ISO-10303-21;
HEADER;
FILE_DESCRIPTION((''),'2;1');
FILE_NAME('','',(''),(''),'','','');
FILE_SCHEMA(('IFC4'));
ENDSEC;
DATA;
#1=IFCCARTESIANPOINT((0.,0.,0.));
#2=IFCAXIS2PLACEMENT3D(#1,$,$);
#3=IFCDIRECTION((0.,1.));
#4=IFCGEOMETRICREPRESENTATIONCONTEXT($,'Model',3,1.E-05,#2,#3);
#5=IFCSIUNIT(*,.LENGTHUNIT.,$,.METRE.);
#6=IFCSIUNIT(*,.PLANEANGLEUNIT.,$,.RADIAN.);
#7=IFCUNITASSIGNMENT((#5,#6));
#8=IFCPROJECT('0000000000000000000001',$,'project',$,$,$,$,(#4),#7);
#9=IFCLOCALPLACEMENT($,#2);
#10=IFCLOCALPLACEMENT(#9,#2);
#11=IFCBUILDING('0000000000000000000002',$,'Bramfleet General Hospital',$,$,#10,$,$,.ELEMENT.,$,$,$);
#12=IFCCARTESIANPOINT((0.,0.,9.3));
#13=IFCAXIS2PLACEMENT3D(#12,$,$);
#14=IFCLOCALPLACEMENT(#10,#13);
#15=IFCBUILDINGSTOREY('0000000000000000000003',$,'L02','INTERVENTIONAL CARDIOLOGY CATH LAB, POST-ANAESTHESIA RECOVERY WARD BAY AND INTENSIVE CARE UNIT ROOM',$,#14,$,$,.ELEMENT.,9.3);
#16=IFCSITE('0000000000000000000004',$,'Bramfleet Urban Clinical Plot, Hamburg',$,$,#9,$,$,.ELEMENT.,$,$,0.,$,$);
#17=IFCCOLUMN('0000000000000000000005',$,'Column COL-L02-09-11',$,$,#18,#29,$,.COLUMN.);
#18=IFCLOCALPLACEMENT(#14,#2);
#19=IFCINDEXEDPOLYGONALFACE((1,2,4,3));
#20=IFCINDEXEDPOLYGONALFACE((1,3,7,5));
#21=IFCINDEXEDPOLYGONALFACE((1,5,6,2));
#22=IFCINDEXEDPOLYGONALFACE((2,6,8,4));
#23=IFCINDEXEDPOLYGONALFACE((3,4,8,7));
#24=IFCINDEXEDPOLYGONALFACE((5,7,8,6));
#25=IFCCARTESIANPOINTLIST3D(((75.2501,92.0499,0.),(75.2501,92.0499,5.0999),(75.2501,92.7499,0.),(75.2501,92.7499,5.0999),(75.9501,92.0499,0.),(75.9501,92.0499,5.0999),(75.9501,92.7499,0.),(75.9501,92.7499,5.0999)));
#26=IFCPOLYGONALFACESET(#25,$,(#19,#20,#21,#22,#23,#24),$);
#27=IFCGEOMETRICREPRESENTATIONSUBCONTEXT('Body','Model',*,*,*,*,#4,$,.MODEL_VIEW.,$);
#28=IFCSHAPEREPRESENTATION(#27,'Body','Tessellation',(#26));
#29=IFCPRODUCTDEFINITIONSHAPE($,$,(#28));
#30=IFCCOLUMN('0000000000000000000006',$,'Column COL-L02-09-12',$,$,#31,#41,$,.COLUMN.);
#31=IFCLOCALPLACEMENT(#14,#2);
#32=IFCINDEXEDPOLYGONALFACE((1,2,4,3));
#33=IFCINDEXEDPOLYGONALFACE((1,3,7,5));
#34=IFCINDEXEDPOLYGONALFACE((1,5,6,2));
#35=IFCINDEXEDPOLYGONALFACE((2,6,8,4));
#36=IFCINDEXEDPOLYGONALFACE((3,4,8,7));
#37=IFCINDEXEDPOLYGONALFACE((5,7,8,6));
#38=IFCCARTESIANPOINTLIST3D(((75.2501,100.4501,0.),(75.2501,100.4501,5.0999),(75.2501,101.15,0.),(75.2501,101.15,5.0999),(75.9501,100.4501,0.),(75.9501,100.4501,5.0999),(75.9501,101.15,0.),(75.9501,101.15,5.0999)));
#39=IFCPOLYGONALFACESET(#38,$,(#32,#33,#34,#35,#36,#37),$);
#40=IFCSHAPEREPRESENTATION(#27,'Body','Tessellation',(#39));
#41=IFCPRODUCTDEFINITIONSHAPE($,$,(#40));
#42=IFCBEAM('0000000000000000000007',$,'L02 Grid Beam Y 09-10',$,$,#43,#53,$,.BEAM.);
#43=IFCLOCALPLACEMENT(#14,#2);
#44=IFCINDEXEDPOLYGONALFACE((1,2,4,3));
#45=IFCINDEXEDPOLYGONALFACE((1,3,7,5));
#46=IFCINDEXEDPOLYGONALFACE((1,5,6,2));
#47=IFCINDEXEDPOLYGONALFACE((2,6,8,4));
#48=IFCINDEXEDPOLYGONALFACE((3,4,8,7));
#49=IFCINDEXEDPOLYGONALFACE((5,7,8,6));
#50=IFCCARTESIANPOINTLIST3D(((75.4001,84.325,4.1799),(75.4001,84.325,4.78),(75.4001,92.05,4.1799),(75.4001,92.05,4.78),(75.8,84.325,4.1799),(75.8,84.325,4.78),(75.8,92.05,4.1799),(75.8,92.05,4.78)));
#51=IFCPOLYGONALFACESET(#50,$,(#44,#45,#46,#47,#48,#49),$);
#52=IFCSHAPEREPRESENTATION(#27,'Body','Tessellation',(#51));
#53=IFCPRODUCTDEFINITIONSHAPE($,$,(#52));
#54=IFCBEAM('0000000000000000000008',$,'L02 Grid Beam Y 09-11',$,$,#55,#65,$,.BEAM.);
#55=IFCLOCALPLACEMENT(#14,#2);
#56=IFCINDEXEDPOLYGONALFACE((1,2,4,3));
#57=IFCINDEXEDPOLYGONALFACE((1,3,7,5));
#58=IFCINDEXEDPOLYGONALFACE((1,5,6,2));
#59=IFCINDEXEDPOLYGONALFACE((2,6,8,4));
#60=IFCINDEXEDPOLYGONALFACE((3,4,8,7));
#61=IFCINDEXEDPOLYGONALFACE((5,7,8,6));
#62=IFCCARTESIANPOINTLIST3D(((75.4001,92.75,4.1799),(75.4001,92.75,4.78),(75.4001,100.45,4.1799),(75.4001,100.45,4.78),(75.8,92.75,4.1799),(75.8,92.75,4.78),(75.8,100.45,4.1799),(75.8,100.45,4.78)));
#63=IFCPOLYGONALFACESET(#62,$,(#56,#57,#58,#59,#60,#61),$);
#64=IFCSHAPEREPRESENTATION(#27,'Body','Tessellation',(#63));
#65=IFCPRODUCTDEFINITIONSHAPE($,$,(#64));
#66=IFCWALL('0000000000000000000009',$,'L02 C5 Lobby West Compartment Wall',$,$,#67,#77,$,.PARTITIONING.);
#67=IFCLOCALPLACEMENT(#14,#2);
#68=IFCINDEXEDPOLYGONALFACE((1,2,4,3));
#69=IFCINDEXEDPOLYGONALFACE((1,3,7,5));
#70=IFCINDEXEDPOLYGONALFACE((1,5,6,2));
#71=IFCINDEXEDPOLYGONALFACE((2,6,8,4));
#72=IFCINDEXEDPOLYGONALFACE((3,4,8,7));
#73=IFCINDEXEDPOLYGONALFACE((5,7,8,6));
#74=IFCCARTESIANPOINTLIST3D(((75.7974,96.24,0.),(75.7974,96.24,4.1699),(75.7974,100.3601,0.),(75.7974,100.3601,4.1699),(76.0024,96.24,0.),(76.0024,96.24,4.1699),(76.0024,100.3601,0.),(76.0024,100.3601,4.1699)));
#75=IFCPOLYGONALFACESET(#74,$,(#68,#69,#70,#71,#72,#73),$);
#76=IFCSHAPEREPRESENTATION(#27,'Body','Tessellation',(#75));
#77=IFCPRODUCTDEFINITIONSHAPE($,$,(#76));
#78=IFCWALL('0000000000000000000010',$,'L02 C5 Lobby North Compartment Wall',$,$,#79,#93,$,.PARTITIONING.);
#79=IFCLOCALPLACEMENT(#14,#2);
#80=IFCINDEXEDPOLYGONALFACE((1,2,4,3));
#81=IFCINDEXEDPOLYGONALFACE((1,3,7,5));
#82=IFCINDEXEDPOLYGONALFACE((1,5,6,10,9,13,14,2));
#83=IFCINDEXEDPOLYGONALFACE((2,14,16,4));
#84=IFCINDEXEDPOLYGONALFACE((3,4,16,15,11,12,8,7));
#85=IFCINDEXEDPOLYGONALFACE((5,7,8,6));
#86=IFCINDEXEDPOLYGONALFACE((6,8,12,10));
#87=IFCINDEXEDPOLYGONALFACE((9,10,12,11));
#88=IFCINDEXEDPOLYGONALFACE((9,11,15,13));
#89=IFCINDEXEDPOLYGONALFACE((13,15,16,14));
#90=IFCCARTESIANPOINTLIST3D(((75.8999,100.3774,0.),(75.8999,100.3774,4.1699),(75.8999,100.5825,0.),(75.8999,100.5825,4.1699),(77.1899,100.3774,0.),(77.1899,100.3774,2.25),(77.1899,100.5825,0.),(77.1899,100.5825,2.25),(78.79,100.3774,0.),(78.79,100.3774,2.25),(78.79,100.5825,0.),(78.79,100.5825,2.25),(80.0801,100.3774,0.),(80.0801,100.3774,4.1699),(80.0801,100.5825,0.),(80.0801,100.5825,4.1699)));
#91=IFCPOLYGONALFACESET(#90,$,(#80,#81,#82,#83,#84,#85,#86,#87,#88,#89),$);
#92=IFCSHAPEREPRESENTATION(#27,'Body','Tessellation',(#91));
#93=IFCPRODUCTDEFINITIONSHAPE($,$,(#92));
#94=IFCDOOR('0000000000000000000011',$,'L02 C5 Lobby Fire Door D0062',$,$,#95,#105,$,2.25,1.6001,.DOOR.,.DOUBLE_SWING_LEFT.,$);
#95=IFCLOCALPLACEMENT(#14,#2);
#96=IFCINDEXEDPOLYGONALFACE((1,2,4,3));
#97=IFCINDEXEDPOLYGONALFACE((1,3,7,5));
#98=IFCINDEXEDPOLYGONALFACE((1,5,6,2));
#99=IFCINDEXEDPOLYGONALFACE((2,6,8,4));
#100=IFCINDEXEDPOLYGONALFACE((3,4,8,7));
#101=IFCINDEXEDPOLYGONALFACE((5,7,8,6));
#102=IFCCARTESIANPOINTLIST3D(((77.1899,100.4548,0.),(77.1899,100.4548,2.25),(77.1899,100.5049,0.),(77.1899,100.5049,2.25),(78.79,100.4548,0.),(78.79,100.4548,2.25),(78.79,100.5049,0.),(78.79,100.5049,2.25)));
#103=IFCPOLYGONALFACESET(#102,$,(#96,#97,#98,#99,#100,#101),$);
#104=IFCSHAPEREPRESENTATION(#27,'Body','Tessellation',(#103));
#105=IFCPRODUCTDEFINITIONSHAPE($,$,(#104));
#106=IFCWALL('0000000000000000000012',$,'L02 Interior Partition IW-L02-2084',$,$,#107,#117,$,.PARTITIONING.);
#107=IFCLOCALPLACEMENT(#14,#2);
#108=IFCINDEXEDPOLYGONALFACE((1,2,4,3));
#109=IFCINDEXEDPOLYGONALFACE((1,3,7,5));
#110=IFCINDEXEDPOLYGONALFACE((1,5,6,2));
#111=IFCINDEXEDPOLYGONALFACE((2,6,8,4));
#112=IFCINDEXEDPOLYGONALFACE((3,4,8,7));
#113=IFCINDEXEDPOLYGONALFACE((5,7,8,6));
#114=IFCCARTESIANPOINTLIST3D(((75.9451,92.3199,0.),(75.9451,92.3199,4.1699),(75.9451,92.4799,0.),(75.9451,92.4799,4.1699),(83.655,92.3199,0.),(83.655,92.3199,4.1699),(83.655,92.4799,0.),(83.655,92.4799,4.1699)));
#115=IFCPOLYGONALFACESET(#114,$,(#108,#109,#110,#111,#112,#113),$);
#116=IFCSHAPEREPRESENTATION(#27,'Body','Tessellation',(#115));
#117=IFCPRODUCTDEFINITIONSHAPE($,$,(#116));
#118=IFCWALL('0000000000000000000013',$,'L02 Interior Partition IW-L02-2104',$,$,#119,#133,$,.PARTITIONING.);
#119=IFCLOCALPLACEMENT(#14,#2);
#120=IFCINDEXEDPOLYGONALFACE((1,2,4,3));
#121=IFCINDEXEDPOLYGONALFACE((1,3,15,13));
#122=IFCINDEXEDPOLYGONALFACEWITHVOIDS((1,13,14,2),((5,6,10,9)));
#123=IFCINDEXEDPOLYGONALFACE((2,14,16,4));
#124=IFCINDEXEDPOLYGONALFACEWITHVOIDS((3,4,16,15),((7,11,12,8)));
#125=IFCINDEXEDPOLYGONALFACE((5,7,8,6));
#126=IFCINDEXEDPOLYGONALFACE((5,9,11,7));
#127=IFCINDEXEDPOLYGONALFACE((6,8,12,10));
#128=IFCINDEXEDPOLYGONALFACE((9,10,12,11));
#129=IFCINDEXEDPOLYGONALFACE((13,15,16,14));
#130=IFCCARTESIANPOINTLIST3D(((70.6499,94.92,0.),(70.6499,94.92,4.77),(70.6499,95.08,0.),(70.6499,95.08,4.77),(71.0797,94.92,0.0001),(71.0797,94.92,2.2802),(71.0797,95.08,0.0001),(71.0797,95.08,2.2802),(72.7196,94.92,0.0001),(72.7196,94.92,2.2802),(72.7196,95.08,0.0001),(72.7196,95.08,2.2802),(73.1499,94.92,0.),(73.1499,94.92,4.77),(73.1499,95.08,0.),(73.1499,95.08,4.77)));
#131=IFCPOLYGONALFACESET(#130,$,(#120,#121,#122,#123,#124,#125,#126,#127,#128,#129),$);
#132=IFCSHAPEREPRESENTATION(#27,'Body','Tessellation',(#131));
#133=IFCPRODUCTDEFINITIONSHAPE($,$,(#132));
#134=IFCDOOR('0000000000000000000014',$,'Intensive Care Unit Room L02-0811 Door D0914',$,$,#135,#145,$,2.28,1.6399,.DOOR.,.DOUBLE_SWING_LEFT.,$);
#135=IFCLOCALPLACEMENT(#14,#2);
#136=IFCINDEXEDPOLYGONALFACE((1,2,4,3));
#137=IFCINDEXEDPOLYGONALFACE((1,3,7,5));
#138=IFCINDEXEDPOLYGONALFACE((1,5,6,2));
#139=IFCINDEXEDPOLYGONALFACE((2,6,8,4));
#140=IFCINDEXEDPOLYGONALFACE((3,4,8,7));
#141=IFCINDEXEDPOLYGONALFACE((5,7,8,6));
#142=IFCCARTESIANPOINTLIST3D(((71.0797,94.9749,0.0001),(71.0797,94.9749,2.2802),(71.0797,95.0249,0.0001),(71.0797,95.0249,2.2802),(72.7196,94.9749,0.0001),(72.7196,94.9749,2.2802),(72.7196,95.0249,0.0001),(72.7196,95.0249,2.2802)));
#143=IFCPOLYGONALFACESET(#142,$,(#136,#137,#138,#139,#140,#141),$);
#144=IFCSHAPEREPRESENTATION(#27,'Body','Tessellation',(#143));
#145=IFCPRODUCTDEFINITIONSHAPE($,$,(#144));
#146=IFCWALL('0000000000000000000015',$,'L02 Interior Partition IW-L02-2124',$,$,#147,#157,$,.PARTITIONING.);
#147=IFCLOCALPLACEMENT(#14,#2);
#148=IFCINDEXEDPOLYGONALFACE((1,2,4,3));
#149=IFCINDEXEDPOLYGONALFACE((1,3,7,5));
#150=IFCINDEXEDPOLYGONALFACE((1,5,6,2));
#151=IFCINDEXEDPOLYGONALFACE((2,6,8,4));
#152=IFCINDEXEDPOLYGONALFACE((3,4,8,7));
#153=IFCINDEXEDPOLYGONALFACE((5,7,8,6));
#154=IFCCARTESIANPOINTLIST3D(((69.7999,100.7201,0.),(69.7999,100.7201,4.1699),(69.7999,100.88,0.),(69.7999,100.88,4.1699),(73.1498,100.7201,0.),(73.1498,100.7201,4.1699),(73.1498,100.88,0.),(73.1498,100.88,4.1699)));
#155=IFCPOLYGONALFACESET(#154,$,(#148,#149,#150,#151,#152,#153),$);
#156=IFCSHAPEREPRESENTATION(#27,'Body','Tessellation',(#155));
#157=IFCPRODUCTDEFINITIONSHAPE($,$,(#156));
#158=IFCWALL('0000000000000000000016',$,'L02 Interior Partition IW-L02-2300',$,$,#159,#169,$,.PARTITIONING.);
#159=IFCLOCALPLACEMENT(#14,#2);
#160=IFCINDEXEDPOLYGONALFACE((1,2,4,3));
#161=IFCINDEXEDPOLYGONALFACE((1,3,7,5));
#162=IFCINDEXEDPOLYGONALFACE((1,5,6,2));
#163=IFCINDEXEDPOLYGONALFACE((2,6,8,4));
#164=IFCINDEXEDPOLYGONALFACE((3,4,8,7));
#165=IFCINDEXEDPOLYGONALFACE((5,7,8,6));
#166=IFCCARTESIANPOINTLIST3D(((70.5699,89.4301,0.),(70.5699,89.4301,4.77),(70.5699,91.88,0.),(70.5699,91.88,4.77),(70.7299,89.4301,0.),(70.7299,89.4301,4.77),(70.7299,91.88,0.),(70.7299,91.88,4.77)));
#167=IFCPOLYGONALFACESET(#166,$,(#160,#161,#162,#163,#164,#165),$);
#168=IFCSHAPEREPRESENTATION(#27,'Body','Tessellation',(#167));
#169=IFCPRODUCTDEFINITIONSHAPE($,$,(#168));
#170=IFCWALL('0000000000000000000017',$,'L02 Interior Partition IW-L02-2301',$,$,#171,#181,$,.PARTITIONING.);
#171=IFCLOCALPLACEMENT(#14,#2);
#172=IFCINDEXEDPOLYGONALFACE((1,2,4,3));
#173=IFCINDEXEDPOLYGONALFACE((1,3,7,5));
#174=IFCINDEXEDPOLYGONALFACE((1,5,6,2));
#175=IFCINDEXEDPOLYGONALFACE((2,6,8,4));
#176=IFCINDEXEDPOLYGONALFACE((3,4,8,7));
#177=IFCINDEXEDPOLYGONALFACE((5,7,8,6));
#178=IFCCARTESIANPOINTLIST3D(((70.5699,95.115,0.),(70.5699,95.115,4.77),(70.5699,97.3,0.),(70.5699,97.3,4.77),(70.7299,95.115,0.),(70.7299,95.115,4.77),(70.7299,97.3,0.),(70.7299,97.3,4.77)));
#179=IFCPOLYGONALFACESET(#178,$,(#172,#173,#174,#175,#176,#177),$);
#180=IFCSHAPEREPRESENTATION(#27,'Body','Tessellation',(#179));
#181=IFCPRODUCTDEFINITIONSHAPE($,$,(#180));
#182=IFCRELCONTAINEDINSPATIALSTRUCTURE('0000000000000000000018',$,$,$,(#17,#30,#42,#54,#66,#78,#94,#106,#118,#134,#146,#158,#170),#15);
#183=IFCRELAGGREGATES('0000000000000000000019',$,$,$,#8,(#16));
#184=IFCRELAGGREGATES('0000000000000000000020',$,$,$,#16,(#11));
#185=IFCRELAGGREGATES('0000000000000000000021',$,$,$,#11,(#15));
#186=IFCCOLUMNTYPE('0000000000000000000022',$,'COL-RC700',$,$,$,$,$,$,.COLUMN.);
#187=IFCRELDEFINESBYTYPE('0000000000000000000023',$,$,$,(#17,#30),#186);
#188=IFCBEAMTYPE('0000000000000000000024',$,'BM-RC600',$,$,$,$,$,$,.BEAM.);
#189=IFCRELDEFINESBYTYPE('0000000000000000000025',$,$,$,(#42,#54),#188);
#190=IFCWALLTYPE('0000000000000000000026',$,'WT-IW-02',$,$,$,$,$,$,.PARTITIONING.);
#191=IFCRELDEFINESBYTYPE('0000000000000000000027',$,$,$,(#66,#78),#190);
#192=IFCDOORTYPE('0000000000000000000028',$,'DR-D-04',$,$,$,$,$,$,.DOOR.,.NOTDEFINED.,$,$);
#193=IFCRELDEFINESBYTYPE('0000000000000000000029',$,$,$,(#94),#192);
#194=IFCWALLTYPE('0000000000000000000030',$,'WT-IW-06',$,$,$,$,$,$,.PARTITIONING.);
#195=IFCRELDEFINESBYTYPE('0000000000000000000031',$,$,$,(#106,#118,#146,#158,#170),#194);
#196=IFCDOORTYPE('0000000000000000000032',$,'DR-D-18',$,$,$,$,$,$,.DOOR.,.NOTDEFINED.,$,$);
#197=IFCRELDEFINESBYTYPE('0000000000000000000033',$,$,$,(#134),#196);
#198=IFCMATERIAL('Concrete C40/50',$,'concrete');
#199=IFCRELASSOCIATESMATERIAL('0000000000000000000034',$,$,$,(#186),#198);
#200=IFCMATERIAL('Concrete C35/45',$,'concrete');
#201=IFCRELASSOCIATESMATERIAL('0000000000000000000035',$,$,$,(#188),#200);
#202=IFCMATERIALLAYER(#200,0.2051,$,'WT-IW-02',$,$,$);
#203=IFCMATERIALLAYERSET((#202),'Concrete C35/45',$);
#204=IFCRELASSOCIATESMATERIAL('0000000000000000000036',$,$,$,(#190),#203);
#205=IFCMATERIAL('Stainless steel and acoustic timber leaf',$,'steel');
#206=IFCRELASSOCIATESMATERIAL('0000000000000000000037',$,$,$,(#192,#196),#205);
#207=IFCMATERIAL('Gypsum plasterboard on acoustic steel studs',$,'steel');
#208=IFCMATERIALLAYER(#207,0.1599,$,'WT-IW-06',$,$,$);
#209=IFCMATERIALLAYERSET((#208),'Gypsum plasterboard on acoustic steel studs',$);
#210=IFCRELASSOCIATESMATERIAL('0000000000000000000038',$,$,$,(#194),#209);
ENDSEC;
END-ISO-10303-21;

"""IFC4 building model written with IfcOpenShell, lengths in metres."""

from ifc_helpers import new_model, si_unit, direction, frame, frame_2d, origin, origin_2d, place, context, subcontext, project, spatial, rectangle, extrude, material, layer, layer_set, material_profile, profile_set, type_object, element, fill, save


model = new_model("IFC4")

# Units and contexts
model_context = context("Model", 3, precision=1e-05, world=origin(), true_north=direction((0.0, 1.0)))
body_context = subcontext(model_context, "Body", "Model", "MODEL_VIEW")
ifc_project = project(units=[si_unit("LENGTHUNIT", "METRE"), si_unit("PLANEANGLEUNIT", "RADIAN")], contexts=[model_context])

# Site, building, storey
site_placement = place(None, origin())
site = spatial("IfcSite", under=ifc_project, at=site_placement, Name="Bramfleet Urban Clinical Plot, Hamburg", CompositionType="ELEMENT", RefElevation=0.0)
building_placement = place(site_placement, origin())
building = spatial("IfcBuilding", under=site, at=building_placement, Name="Bramfleet General Hospital", CompositionType="ELEMENT")
storey_placement = place(building_placement, frame((0.0, 0.0, 9.3)))
storey = spatial("IfcBuildingStorey", under=building, at=storey_placement, Name="L02", Description="INTERVENTIONAL CARDIOLOGY CATH LAB, POST-ANAESTHESIA RECOVERY WARD BAY AND INTENSIVE CARE UNIT ROOM", CompositionType="ELEMENT", Elevation=9.3)

# Columns
ifc_material_1 = material(Name="Concrete C40/50", Category="concrete")
ifc_material_profile_1 = material_profile(ifc_material_1, rectangle(XDim=0.7, YDim=0.7, at=origin_2d()), Name="RC COL 700x700")
ifc_profile_set_1 = profile_set([ifc_material_profile_1], Name="Concrete C40/50")
column_type = type_object("IfcColumnType", Name="COL-RC700", PredefinedType="COLUMN", material=ifc_profile_set_1)
for number, where, z_axis, x_axis, name in (
    (1, (75.6001, 92.3999, 0.0), (0.0, 0.0, 1.0), (1.0, 0.0, 0.0), "Column COL-L02-09-11"),
    (2, (75.6001, 100.8, 0.0), (0.0, 0.0, 1.0), (1.0, 0.0, 0.0), "Column COL-L02-09-12"),
):
    element("IfcColumn", number, at=place(storey_placement, frame(where, z_axis=z_axis, x_axis=x_axis)), inside=storey, type_object=column_type, Name=name, PredefinedType="COLUMN", context=body_context, shape_type="SweptSolid", body=[
        extrude(rectangle(XDim=0.7, YDim=0.7, at=origin_2d()), origin(), (0.0, 0.0, 1.0), 5.0999),
    ])

# Beams
ifc_material_2 = material(Name="Concrete C35/45", Category="concrete")
ifc_material_profile_2 = material_profile(ifc_material_2, rectangle(XDim=0.3999, YDim=0.6001, at=origin_2d()), Name="RC BM 600x400")
ifc_profile_set_2 = profile_set([ifc_material_profile_2], Name="Concrete C35/45")
beam_type = type_object("IfcBeamType", Name="BM-RC600", PredefinedType="BEAM", material=ifc_profile_set_2)
beam_1_placement = place(storey_placement, frame((75.6001, 84.325, 4.48), z_axis=(0.0, 1.0, 0.0), x_axis=(-1.0, 0.0, 0.0)))
element("IfcBeam", 3, at=beam_1_placement, inside=storey, type_object=beam_type, Name="L02 Grid Beam Y 09-10", PredefinedType="BEAM", context=body_context, shape_type="SweptSolid", body=[
    extrude(rectangle(XDim=0.3999, YDim=0.6001, at=origin_2d()), origin(), (0.0, 0.0, 1.0), 7.7251),
])
beam_2_placement = place(storey_placement, frame((75.6001, 92.75, 4.48), z_axis=(0.0, 1.0, 0.0), x_axis=(-1.0, 0.0, 0.0)))
element("IfcBeam", 4, at=beam_2_placement, inside=storey, type_object=beam_type, Name="L02 Grid Beam Y 09-11", PredefinedType="BEAM", context=body_context, shape_type="SweptSolid", body=[
    extrude(rectangle(XDim=0.3999, YDim=0.6001, at=origin_2d()), origin(), (0.0, 0.0, 1.0), 7.7),
])

# Wall
ifc_layer_1 = layer(ifc_material_2, 0.2051, Name="WT-IW-02")
ifc_layer_set_1 = layer_set([ifc_layer_1], Name="Concrete C35/45")
wall_type_1 = type_object("IfcWallType", Name="WT-IW-02", PredefinedType="PARTITIONING", material=ifc_layer_set_1)
wall_1_placement = place(storey_placement, frame((75.8999, 96.24, 0.0), z_axis=(0.0, 0.0, 1.0), x_axis=(0.0, 1.0, 0.0)))
element("IfcWall", 5, at=wall_1_placement, inside=storey, type_object=wall_type_1, Name="L02 C5 Lobby West Compartment Wall", PredefinedType="PARTITIONING", context=body_context, shape_type="SweptSolid", body=[
    extrude(rectangle(XDim=4.1201, YDim=0.2051, at=frame_2d((2.0601, 0.0))), origin(), (0.0, 0.0, 1.0), 4.1699),
])

# Wall, opening, door
wall_2_placement = place(storey_placement, frame((75.8999, 100.48, 0.0), z_axis=(0.0, 0.0, 1.0), x_axis=(1.0, 0.0, 0.0)))
wall_2 = element("IfcWall", 6, at=wall_2_placement, inside=storey, type_object=wall_type_1, Name="L02 C5 Lobby North Compartment Wall", PredefinedType="PARTITIONING", context=body_context, shape_type="SweptSolid", body=[
    extrude(rectangle(XDim=4.1802, YDim=0.2051, at=frame_2d((2.0901, 0.0))), origin(), (0.0, 0.0, 1.0), 4.1699),
])
opening_1_placement = place(wall_2_placement, frame((1.29, 0.0, 0.0)))
opening_1 = element("IfcOpeningElement", 7, at=opening_1_placement, cuts=wall_2, PredefinedType="OPENING", context=body_context, shape_type="SweptSolid", body=[
    extrude(rectangle(XDim=1.6001, YDim=2.25, at=frame_2d((0.8, 1.125))), frame((0.0, 0.1125, 0.0), z_axis=(0.0, -1.0, 0.0), x_axis=(1.0, 0.0, 0.0)), (0.0, 0.0, 1.0), 0.2251),
])
ifc_material_3 = material(Name="Stainless steel and acoustic timber leaf", Category="steel")
door_type_1 = type_object("IfcDoorType", Name="DR-D-04", OperationType="NOTDEFINED", PredefinedType="DOOR", material=ifc_material_3)
door_1_placement = place(opening_1_placement, origin())
door_1 = element("IfcDoor", 8, at=door_1_placement, inside=storey, type_object=door_type_1, Name="L02 C5 Lobby Fire Door D0062", OperationType="DOUBLE_SWING_LEFT", OverallHeight=2.25, OverallWidth=1.6001, PredefinedType="DOOR", context=body_context, shape_type="SweptSolid", body=[
    extrude(rectangle(XDim=1.6001, YDim=2.25, at=frame_2d((0.8, 1.125))), frame((0.0, 0.0249, 0.0), z_axis=(0.0, -1.0, 0.0), x_axis=(1.0, 0.0, 0.0)), (0.0, 0.0, 1.0), 0.05),
])
fill(opening_1, door_1)

# Wall
ifc_material_4 = material(Name="Gypsum plasterboard on acoustic steel studs", Category="steel")
ifc_layer_2 = layer(ifc_material_4, 0.1599, Name="WT-IW-06")
ifc_layer_set_2 = layer_set([ifc_layer_2], Name="Gypsum plasterboard on acoustic steel studs")
wall_type_2 = type_object("IfcWallType", Name="WT-IW-06", PredefinedType="PARTITIONING", material=ifc_layer_set_2)
wall_3_placement = place(storey_placement, frame((75.9451, 92.3999, 0.0), z_axis=(0.0, 0.0, 1.0), x_axis=(1.0, 0.0, 0.0)))
element("IfcWall", 9, at=wall_3_placement, inside=storey, type_object=wall_type_2, Name="L02 Interior Partition IW-L02-2084", PredefinedType="PARTITIONING", context=body_context, shape_type="SweptSolid", body=[
    extrude(rectangle(XDim=7.71, YDim=0.1599, at=frame_2d((3.855, 0.0))), origin(), (0.0, 0.0, 1.0), 4.1699),
])

# Wall, opening, door
wall_4_placement = place(storey_placement, frame((70.6499, 95.0, 0.0), z_axis=(0.0, 0.0, 1.0), x_axis=(1.0, 0.0, 0.0)))
wall_4 = element("IfcWall", 10, at=wall_4_placement, inside=storey, type_object=wall_type_2, Name="L02 Interior Partition IW-L02-2104", PredefinedType="PARTITIONING", context=body_context, shape_type="SweptSolid", body=[
    extrude(rectangle(XDim=2.5, YDim=0.1599, at=frame_2d((1.25, 0.0))), origin(), (0.0, 0.0, 1.0), 4.77),
])
opening_2_placement = place(wall_4_placement, frame((0.4299, 0.0, 0.0)))
opening_2 = element("IfcOpeningElement", 11, at=opening_2_placement, cuts=wall_4, PredefinedType="OPENING", context=body_context, shape_type="SweptSolid", body=[
    extrude(rectangle(XDim=1.6399, YDim=2.28, at=frame_2d((0.8198, 1.1401))), frame((0.0, 0.0898, 0.0), z_axis=(0.0, -1.0, 0.0), x_axis=(1.0, 0.0, 0.0)), (0.0, 0.0, 1.0), 0.1799),
])
door_type_2 = type_object("IfcDoorType", Name="DR-D-18", OperationType="NOTDEFINED", PredefinedType="DOOR", material=ifc_material_3)
door_2_placement = place(opening_2_placement, origin())
door_2 = element("IfcDoor", 12, at=door_2_placement, inside=storey, type_object=door_type_2, Name="Intensive Care Unit Room L02-0811 Door D0914", OperationType="DOUBLE_SWING_LEFT", OverallHeight=2.28, OverallWidth=1.6399, PredefinedType="DOOR", context=body_context, shape_type="SweptSolid", body=[
    extrude(rectangle(XDim=1.6399, YDim=2.28, at=frame_2d((0.8198, 1.1401))), frame((0.0, 0.0249, 0.0), z_axis=(0.0, -1.0, 0.0), x_axis=(1.0, 0.0, 0.0)), (0.0, 0.0, 1.0), 0.05),
])
fill(opening_2, door_2)

# Walls
wall_5_placement = place(storey_placement, frame((69.8, 100.8, 0.0), z_axis=(0.0, 0.0, 1.0), x_axis=(1.0, 0.0, 0.0)))
element("IfcWall", 13, at=wall_5_placement, inside=storey, type_object=wall_type_2, Name="L02 Interior Partition IW-L02-2124", PredefinedType="PARTITIONING", context=body_context, shape_type="SweptSolid", body=[
    extrude(rectangle(XDim=3.3499, YDim=0.1599, at=frame_2d((1.6748, 0.0))), origin(), (0.0, 0.0, 1.0), 4.1699),
])
wall_6_placement = place(storey_placement, frame((70.6499, 89.4299, 0.0), z_axis=(0.0, 0.0, 1.0), x_axis=(0.0, 1.0, 0.0)))
element("IfcWall", 14, at=wall_6_placement, inside=storey, type_object=wall_type_2, Name="L02 Interior Partition IW-L02-2300", PredefinedType="PARTITIONING", context=body_context, shape_type="SweptSolid", body=[
    extrude(rectangle(XDim=2.45, YDim=0.1599, at=frame_2d((1.2251, 0.0))), origin(), (0.0, 0.0, 1.0), 4.77),
])
wall_7_placement = place(storey_placement, frame((70.6499, 95.115, 0.0), z_axis=(0.0, 0.0, 1.0), x_axis=(0.0, 1.0, 0.0)))
element("IfcWall", 15, at=wall_7_placement, inside=storey, type_object=wall_type_2, Name="L02 Interior Partition IW-L02-2301", PredefinedType="PARTITIONING", context=body_context, shape_type="SweptSolid", body=[
    extrude(rectangle(XDim=2.1851, YDim=0.1599, at=frame_2d((1.0925, 0.0))), origin(), (0.0, 0.0, 1.0), 4.77),
])

save(model, "model.ifc")
